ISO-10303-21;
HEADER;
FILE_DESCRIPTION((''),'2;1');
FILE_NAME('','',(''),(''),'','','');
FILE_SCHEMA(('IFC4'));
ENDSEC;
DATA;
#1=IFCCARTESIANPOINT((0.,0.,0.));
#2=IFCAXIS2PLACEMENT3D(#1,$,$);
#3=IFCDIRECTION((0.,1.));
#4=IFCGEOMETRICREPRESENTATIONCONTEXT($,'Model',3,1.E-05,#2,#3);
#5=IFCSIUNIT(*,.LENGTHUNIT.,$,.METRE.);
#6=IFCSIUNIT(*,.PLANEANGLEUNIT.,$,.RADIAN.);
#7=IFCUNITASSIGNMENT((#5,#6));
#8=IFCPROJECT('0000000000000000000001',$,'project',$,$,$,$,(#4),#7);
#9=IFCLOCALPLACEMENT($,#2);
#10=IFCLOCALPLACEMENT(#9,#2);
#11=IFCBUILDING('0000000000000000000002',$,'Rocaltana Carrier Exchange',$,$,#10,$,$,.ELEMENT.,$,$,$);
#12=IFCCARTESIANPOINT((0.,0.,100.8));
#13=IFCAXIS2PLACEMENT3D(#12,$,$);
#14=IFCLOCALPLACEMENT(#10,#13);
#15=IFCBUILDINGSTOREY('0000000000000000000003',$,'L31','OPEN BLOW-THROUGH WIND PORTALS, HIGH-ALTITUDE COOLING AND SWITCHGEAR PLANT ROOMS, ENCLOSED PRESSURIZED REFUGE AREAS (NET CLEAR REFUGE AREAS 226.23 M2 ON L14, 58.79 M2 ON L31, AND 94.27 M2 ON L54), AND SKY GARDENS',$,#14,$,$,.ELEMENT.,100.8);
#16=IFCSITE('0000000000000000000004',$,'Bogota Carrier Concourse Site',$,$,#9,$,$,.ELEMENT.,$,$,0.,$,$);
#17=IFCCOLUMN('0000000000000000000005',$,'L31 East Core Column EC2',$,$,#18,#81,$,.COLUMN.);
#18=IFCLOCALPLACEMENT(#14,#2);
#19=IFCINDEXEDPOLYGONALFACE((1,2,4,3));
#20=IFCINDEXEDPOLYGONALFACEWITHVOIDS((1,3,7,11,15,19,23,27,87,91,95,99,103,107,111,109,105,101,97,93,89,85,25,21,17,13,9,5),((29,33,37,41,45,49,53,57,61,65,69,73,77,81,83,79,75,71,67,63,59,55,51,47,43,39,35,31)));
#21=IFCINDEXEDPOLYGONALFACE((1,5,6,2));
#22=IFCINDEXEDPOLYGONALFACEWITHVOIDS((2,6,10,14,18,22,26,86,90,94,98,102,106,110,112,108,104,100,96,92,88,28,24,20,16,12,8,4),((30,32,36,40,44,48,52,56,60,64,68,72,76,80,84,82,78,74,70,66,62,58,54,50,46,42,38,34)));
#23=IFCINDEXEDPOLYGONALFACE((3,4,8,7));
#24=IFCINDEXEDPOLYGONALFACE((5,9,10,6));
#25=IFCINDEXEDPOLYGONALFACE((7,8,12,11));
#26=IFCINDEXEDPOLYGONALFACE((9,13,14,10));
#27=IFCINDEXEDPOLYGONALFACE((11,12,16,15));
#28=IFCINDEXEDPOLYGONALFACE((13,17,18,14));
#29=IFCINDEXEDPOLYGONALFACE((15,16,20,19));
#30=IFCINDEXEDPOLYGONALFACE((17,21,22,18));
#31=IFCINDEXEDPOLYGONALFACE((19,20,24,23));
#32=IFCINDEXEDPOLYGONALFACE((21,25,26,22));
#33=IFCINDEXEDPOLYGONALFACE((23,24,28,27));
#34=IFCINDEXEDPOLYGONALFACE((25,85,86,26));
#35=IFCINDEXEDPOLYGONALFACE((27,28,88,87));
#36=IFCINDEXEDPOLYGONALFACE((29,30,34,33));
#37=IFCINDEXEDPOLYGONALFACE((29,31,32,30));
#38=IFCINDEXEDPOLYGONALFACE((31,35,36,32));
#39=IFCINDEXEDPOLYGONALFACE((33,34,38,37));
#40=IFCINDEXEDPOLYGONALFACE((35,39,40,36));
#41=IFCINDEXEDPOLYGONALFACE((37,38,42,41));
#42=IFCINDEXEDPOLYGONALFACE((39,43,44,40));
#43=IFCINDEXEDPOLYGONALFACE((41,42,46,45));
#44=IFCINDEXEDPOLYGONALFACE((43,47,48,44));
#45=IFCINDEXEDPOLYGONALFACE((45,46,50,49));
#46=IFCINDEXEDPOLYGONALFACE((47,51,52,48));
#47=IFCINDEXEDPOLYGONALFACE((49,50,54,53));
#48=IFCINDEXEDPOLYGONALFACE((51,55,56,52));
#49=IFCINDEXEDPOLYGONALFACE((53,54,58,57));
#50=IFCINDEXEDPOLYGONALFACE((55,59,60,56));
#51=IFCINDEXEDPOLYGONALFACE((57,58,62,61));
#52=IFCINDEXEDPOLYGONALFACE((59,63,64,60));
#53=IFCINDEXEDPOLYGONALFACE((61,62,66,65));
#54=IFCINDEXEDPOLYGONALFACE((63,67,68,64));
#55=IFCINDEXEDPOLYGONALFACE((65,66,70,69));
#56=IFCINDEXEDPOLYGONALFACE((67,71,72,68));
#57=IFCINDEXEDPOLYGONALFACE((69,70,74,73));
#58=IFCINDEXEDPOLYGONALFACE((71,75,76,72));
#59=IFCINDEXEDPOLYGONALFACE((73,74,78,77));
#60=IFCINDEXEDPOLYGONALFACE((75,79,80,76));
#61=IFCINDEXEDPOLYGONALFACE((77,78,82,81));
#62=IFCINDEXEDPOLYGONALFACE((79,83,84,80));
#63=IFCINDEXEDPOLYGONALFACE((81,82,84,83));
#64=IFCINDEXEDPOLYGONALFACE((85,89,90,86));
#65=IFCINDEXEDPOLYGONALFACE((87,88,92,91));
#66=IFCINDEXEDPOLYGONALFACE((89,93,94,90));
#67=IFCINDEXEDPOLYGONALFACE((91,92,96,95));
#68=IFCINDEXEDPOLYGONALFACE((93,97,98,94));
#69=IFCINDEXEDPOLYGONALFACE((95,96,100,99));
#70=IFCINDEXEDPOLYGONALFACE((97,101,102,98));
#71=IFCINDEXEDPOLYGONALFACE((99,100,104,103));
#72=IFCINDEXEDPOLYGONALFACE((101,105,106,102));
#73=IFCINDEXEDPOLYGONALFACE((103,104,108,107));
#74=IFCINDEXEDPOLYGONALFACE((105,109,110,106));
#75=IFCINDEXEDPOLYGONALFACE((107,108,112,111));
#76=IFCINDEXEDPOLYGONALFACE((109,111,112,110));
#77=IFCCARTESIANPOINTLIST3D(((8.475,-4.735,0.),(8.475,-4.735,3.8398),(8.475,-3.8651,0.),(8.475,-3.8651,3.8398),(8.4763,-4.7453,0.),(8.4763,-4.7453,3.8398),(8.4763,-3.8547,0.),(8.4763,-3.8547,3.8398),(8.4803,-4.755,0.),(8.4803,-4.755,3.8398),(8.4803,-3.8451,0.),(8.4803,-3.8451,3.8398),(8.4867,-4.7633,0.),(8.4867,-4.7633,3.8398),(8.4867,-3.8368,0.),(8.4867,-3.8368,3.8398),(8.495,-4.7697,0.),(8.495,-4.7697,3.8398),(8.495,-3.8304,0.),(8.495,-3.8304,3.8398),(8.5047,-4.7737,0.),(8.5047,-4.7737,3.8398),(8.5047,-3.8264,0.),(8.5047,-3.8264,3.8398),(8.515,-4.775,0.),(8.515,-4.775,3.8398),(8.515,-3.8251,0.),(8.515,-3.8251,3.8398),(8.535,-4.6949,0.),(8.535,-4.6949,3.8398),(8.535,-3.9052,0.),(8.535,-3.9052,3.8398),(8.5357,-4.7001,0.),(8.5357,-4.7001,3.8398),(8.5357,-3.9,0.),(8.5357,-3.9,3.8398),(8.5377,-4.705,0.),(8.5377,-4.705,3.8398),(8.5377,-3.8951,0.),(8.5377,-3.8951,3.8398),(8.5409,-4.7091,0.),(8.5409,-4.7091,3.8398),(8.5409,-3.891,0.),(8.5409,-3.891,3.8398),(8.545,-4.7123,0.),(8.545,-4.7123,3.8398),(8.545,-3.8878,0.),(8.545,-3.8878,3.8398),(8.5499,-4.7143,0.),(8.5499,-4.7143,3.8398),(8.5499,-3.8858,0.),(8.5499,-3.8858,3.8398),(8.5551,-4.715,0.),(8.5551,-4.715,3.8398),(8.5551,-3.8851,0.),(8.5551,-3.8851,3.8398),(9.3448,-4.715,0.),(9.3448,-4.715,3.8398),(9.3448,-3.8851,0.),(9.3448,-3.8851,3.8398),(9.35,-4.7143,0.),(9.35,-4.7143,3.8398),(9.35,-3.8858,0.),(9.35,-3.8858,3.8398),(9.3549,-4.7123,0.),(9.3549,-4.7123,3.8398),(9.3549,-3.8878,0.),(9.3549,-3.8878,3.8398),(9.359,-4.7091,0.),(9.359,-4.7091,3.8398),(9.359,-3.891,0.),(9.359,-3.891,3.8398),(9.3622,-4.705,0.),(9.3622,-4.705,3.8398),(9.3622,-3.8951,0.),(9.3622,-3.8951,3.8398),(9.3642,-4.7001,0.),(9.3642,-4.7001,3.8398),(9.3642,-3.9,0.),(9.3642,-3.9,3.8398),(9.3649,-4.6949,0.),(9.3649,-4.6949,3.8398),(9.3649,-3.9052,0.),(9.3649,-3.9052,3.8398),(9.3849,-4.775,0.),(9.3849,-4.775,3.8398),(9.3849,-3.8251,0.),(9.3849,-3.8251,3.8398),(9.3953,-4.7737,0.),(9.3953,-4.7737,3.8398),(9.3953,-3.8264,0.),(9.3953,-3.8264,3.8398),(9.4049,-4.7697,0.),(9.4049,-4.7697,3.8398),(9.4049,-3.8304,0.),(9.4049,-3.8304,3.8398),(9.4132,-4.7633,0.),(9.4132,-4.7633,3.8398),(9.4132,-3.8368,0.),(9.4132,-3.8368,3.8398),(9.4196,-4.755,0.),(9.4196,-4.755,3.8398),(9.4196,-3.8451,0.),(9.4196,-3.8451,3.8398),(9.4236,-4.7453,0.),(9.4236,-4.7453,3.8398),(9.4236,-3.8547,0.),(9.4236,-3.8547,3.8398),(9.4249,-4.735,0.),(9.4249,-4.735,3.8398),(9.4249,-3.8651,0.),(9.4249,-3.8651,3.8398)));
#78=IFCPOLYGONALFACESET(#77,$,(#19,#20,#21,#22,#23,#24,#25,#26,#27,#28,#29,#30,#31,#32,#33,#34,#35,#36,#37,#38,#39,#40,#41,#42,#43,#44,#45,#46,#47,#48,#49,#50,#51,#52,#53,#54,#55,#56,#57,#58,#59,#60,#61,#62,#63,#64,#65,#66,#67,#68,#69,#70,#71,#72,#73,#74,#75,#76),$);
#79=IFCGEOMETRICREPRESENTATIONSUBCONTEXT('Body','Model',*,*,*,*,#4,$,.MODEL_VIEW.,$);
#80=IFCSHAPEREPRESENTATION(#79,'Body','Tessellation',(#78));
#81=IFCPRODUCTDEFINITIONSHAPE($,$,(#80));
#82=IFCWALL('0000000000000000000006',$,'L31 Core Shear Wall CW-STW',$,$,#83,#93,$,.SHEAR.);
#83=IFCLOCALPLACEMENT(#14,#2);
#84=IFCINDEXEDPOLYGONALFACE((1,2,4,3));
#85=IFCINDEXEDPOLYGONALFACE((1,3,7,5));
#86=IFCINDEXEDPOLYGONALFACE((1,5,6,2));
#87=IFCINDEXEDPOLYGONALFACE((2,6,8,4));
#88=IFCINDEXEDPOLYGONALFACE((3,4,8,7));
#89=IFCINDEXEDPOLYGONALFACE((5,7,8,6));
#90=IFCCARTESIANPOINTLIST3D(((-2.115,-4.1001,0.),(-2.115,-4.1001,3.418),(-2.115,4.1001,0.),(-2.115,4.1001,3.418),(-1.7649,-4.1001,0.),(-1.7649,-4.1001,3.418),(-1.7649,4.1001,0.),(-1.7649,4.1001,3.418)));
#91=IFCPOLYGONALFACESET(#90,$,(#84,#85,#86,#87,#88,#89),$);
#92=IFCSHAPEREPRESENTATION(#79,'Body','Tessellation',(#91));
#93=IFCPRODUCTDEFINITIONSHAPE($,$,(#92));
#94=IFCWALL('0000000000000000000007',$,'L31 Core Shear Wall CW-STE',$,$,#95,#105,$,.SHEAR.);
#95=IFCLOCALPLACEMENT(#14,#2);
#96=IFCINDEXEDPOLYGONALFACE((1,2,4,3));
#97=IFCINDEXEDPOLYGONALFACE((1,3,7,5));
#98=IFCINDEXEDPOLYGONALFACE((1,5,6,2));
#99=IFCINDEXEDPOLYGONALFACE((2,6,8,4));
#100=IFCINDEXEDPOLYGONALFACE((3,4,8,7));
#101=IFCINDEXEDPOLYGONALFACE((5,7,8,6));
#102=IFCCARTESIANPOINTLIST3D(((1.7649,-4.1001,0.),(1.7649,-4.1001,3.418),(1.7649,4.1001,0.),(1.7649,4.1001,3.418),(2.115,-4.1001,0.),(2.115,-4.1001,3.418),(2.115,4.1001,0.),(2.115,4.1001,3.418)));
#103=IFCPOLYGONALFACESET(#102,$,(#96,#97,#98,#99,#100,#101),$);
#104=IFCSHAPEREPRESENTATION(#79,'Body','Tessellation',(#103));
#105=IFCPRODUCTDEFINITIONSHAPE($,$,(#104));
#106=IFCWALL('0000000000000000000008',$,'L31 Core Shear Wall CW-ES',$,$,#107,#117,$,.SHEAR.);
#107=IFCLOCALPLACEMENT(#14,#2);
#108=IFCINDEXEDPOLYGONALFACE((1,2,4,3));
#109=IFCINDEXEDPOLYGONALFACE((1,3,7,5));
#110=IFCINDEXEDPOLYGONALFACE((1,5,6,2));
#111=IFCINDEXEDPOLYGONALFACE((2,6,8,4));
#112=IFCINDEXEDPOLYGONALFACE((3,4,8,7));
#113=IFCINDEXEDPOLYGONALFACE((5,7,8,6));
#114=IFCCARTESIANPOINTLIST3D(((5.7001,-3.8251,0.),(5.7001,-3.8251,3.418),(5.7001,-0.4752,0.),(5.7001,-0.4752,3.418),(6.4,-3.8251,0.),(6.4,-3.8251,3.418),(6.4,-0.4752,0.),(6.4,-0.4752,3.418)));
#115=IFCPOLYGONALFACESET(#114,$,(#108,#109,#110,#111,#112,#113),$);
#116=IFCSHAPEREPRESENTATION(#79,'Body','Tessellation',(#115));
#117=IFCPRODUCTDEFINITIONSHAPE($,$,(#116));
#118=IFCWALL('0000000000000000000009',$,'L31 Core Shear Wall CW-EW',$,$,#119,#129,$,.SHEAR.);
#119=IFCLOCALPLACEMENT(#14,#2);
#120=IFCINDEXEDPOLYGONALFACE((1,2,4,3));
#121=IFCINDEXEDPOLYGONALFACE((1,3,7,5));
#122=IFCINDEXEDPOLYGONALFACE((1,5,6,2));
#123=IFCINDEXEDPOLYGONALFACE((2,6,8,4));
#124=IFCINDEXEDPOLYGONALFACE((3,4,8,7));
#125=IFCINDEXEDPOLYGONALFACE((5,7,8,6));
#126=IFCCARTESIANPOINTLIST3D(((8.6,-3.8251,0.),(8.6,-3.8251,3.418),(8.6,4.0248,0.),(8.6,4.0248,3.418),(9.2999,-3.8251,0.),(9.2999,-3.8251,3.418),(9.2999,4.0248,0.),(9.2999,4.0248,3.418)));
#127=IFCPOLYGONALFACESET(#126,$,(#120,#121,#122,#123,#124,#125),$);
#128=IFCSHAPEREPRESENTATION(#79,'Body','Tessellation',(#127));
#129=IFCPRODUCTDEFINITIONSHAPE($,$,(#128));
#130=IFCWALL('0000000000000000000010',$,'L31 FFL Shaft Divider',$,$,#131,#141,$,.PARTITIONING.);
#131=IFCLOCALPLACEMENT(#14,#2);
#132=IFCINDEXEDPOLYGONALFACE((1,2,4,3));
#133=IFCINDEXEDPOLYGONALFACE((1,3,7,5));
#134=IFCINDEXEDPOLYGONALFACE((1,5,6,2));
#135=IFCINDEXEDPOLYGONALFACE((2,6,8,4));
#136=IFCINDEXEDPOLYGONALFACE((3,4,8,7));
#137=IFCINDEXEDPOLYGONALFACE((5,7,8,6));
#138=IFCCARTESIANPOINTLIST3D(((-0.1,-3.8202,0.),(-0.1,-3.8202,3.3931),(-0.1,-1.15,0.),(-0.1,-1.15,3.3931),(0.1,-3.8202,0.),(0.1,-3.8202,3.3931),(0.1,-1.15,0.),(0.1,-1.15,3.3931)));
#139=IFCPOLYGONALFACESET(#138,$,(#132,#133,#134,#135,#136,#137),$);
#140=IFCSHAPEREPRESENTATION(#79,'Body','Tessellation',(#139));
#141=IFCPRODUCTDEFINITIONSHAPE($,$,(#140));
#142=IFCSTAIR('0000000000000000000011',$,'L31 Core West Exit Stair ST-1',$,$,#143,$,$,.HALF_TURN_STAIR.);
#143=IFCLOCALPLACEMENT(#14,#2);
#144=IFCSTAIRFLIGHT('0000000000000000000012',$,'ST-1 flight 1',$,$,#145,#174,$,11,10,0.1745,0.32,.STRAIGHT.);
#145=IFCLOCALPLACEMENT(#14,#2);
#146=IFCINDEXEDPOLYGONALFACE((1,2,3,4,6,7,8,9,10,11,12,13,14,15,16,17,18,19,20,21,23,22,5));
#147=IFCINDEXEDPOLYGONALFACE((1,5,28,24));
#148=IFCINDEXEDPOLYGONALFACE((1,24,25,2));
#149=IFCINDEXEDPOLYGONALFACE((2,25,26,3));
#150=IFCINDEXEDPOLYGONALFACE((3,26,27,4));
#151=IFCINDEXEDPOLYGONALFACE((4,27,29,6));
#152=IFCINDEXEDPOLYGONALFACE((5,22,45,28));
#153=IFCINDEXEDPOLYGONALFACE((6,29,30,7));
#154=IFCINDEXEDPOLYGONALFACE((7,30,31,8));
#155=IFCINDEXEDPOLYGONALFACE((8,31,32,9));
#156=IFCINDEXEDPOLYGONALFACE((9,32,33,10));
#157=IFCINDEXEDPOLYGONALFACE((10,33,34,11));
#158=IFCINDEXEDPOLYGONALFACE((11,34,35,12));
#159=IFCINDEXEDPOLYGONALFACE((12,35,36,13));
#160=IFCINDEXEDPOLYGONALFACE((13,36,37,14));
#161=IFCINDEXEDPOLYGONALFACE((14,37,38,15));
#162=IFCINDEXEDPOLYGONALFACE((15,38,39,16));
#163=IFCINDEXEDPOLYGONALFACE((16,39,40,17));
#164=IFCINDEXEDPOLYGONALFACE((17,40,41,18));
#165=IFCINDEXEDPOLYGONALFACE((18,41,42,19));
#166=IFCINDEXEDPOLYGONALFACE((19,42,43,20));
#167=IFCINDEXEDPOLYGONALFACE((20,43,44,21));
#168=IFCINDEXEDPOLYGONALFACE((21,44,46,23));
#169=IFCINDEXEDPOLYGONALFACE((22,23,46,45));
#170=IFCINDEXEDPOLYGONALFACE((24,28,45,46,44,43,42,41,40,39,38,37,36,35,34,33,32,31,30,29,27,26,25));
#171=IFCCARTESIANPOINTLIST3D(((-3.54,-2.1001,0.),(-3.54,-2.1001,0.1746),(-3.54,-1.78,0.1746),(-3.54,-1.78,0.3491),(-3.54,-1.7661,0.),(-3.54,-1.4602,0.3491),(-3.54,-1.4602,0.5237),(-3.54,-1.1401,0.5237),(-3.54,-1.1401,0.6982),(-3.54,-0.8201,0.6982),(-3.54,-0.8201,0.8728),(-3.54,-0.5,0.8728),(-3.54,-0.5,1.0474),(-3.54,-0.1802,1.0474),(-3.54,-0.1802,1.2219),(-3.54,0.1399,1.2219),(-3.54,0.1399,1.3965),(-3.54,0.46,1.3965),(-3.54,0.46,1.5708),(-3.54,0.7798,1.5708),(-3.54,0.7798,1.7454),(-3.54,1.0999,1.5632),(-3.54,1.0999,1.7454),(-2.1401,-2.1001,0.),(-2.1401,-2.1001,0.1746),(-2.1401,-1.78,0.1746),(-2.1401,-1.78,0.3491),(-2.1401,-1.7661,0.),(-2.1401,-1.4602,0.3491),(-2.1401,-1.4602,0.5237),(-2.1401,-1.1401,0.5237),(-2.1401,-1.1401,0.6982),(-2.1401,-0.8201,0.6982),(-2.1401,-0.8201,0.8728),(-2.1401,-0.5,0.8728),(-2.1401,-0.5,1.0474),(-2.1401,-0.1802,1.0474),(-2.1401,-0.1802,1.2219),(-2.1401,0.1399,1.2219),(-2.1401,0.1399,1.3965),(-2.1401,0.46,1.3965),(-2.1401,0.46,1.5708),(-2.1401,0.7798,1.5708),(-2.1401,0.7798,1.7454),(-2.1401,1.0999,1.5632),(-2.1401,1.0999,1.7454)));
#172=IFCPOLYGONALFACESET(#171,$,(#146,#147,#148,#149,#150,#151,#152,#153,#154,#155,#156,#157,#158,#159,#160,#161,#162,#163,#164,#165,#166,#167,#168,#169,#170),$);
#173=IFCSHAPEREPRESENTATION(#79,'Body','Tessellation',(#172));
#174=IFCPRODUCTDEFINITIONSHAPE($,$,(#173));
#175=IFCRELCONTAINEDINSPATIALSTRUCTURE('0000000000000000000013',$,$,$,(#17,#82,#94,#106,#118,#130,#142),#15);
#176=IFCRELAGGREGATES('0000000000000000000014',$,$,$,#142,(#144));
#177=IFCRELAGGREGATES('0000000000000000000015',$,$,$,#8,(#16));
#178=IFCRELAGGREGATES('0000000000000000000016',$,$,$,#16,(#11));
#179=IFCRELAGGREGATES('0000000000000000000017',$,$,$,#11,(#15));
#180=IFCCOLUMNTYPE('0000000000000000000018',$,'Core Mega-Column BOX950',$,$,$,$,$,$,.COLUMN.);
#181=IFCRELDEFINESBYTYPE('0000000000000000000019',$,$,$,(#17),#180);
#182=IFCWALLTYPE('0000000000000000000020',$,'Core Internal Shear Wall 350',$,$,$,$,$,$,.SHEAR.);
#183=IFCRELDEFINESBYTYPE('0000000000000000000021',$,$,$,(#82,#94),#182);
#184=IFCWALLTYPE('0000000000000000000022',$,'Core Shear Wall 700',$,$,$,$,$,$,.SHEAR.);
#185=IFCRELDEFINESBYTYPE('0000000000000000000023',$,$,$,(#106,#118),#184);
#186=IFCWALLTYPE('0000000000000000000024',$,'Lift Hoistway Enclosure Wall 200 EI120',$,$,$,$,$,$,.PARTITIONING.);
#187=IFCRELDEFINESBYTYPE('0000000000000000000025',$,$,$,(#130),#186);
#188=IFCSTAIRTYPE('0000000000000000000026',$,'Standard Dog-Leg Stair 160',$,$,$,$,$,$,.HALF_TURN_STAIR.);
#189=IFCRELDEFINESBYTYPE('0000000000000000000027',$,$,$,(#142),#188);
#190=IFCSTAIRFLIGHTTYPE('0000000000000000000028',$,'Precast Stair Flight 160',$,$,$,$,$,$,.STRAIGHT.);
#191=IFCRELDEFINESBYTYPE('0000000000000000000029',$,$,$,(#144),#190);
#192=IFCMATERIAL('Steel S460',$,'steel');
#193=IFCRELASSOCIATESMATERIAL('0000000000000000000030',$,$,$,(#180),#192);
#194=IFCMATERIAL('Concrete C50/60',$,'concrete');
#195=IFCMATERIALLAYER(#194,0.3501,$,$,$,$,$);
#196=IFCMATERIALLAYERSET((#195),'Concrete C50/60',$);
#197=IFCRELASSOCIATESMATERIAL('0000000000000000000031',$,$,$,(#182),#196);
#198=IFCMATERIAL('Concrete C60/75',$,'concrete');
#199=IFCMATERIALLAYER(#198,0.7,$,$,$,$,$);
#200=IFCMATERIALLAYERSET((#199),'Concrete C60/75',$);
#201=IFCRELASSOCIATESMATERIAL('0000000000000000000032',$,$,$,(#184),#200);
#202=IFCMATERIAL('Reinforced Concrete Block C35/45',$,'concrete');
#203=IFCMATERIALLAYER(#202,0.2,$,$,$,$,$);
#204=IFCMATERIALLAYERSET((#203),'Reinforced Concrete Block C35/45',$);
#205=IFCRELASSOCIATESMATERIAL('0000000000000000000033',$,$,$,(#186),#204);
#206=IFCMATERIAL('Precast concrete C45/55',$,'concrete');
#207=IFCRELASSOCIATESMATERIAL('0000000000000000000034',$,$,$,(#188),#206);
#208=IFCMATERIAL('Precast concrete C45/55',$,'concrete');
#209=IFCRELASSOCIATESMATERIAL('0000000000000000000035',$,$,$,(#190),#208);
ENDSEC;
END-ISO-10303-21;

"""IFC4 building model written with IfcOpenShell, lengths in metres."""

from ifc_helpers import new_model, si_unit, direction, frame, frame_2d, origin, origin_2d, place, context, subcontext, project, spatial, polyline, rectangle, hollow_rectangle, outline, extrude, material, layer, layer_set, material_profile, profile_set, type_object, element, aggregate, save


model = new_model("IFC4")

# Units and contexts
model_context = context("Model", 3, precision=1e-05, world=origin(), true_north=direction((0.0, 1.0)))
body_context = subcontext(model_context, "Body", "Model", "MODEL_VIEW")
ifc_project = project(units=[si_unit("LENGTHUNIT", "METRE"), si_unit("PLANEANGLEUNIT", "RADIAN")], contexts=[model_context])

# Site, building, storey
site_placement = place(None, origin())
site = spatial("IfcSite", under=ifc_project, at=site_placement, Name="Bogota Carrier Concourse Site", CompositionType="ELEMENT", RefElevation=0.0)
building_placement = place(site_placement, origin())
building = spatial("IfcBuilding", under=site, at=building_placement, Name="Rocaltana Carrier Exchange", CompositionType="ELEMENT")
storey_placement = place(building_placement, frame((0.0, 0.0, 100.8)))
storey = spatial("IfcBuildingStorey", under=building, at=storey_placement, Name="L31", Description="OPEN BLOW-THROUGH WIND PORTALS, HIGH-ALTITUDE COOLING AND SWITCHGEAR PLANT ROOMS, ENCLOSED PRESSURIZED REFUGE AREAS (NET CLEAR REFUGE AREAS 226.23 M2 ON L14, 58.79 M2 ON L31, AND 94.27 M2 ON L54), AND SKY GARDENS", CompositionType="ELEMENT", Elevation=100.8)

# Column
ifc_material_1 = material(Name="Steel S460", Category="steel")
ifc_material_profile = material_profile(ifc_material_1, hollow_rectangle(XDim=0.95, YDim=0.95, WallThickness=0.0601, InnerFilletRadius=0.02, OuterFilletRadius=0.04, at=origin_2d()), Name="BOX950X950X60")
ifc_profile_set = profile_set([ifc_material_profile], Name="Steel S460")
column_type = type_object("IfcColumnType", Name="Core Mega-Column BOX950", PredefinedType="COLUMN", material=ifc_profile_set)
column_placement = place(storey_placement, frame((8.95, -4.3, 0.0), z_axis=(0.0, 0.0, 1.0), x_axis=(1.0, 0.0, 0.0)))
element("IfcColumn", 1, at=column_placement, inside=storey, type_object=column_type, Name="L31 East Core Column EC2", PredefinedType="COLUMN", context=body_context, shape_type="SweptSolid", body=[
    extrude(hollow_rectangle(XDim=0.95, YDim=0.95, WallThickness=0.0601, InnerFilletRadius=0.02, OuterFilletRadius=0.04, at=origin_2d()), origin(), (0.0, 0.0, 1.0), 3.8398),
])

# Walls
ifc_material_2 = material(Name="Concrete C50/60", Category="concrete")
ifc_layer_1 = layer(ifc_material_2, 0.3501)
ifc_layer_set_1 = layer_set([ifc_layer_1], Name="Concrete C50/60")
wall_type_1 = type_object("IfcWallType", Name="Core Internal Shear Wall 350", PredefinedType="SHEAR", material=ifc_layer_set_1)
for number, where, z_axis, x_axis, name in (
    (2, (-1.9399, -4.1001, 0.0), (0.0, 0.0, 1.0), (0.0, 1.0, 0.0), "L31 Core Shear Wall CW-STW"),
    (3, (1.9399, -4.1001, 0.0), (0.0, 0.0, 1.0), (0.0, 1.0, 0.0), "L31 Core Shear Wall CW-STE"),
):
    element("IfcWall", number, at=place(storey_placement, frame(where, z_axis=z_axis, x_axis=x_axis)), inside=storey, type_object=wall_type_1, Name=name, PredefinedType="SHEAR", context=body_context, shape_type="SweptSolid", body=[
        extrude(rectangle(XDim=8.2002, YDim=0.3501, at=frame_2d((4.1001, 0.0))), origin(), (0.0, 0.0, 1.0), 3.418),
    ])
ifc_material_3 = material(Name="Concrete C60/75", Category="concrete")
ifc_layer_2 = layer(ifc_material_3, 0.7)
ifc_layer_set_2 = layer_set([ifc_layer_2], Name="Concrete C60/75")
wall_type_2 = type_object("IfcWallType", Name="Core Shear Wall 700", PredefinedType="SHEAR", material=ifc_layer_set_2)
wall_1_placement = place(storey_placement, frame((6.05, -3.825, 0.0), z_axis=(0.0, 0.0, 1.0), x_axis=(0.0, 1.0, 0.0)))
element("IfcWall", 4, at=wall_1_placement, inside=storey, type_object=wall_type_2, Name="L31 Core Shear Wall CW-ES", PredefinedType="SHEAR", context=body_context, shape_type="SweptSolid", body=[
    extrude(rectangle(XDim=3.3499, YDim=0.7, at=frame_2d((1.6748, 0.0))), origin(), (0.0, 0.0, 1.0), 3.418),
])
wall_2_placement = place(storey_placement, frame((8.95, -3.825, 0.0), z_axis=(0.0, 0.0, 1.0), x_axis=(0.0, 1.0, 0.0)))
element("IfcWall", 5, at=wall_2_placement, inside=storey, type_object=wall_type_2, Name="L31 Core Shear Wall CW-EW", PredefinedType="SHEAR", context=body_context, shape_type="SweptSolid", body=[
    extrude(rectangle(XDim=7.8499, YDim=0.7, at=frame_2d((3.9248, 0.0))), origin(), (0.0, 0.0, 1.0), 3.418),
])
ifc_material_4 = material(Name="Reinforced Concrete Block C35/45", Category="concrete")
ifc_layer_3 = layer(ifc_material_4, 0.2)
ifc_layer_set_3 = layer_set([ifc_layer_3], Name="Reinforced Concrete Block C35/45")
wall_type_3 = type_object("IfcWallType", Name="Lift Hoistway Enclosure Wall 200 EI120", PredefinedType="PARTITIONING", material=ifc_layer_set_3)
wall_3_placement = place(storey_placement, frame((0.0, -3.8201, 0.0), z_axis=(0.0, 0.0, 1.0), x_axis=(0.0, 1.0, 0.0)))
element("IfcWall", 6, at=wall_3_placement, inside=storey, type_object=wall_type_3, Name="L31 FFL Shaft Divider", PredefinedType="PARTITIONING", context=body_context, shape_type="SweptSolid", body=[
    extrude(rectangle(XDim=2.6702, YDim=0.2, at=frame_2d((1.335, 0.0))), origin(), (0.0, 0.0, 1.0), 3.3931),
])

# Stair, stair flight
ifc_material_5 = material(Name="Precast concrete C45/55", Category="concrete")
stair_type = type_object("IfcStairType", Name="Standard Dog-Leg Stair 160", PredefinedType="HALF_TURN_STAIR", material=ifc_material_5)
stair_1_placement = place(storey_placement, origin())
stair_1 = element("IfcStair", 7, at=stair_1_placement, inside=storey, type_object=stair_type, Name="L31 Core West Exit Stair ST-1", PredefinedType="HALF_TURN_STAIR")
ifc_material_6 = material(Name="Precast concrete C45/55", Category="concrete")
stair_flight_type = type_object("IfcStairFlightType", Name="Precast Stair Flight 160", PredefinedType="STRAIGHT", material=ifc_material_6)
stair_flight_1_placement = place(storey_placement, frame((-2.8401, -2.1001, 0.0), z_axis=(0.0, 0.0, 1.0), x_axis=(0.0, 1.0, 0.0)))
stair_flight_1 = element("IfcStairFlight", 8, at=stair_flight_1_placement, type_object=stair_flight_type, Name="ST-1 flight 1", NumberOfRisers=11, NumberOfTreads=10, PredefinedType="STRAIGHT", RiserHeight=0.1745, TreadLength=0.32, context=body_context, shape_type="SweptSolid", body=[
    extrude(outline(polyline([(0.0, 0.0), (0.0, 0.1746), (0.3201, 0.1746), (0.3201, 0.3491), (0.6399, 0.3491), (0.6399, 0.5237), (0.96, 0.5237), (0.96, 0.6982), (1.28, 0.6982), (1.28, 0.8728), (1.6001, 0.8728), (1.6001, 1.0474), (1.9199, 1.0474), (1.9199, 1.2219), (2.24, 1.2219), (2.24, 1.3965), (2.5601, 1.3965), (2.5601, 1.5708), (2.8799, 1.5708), (2.8799, 1.7454), (3.2, 1.7454), (3.2, 1.9199), (3.2, 1.5632), (0.334, 0.0), (0.0, 0.0)])), frame((0.0, 0.7, 0.0), z_axis=(0.0, -1.0, 0.0), x_axis=(1.0, 0.0, 0.0)), (0.0, 0.0, 1.0), 1.3999),
])
aggregate(stair_1, [stair_flight_1])

save(model, "model.ifc")
